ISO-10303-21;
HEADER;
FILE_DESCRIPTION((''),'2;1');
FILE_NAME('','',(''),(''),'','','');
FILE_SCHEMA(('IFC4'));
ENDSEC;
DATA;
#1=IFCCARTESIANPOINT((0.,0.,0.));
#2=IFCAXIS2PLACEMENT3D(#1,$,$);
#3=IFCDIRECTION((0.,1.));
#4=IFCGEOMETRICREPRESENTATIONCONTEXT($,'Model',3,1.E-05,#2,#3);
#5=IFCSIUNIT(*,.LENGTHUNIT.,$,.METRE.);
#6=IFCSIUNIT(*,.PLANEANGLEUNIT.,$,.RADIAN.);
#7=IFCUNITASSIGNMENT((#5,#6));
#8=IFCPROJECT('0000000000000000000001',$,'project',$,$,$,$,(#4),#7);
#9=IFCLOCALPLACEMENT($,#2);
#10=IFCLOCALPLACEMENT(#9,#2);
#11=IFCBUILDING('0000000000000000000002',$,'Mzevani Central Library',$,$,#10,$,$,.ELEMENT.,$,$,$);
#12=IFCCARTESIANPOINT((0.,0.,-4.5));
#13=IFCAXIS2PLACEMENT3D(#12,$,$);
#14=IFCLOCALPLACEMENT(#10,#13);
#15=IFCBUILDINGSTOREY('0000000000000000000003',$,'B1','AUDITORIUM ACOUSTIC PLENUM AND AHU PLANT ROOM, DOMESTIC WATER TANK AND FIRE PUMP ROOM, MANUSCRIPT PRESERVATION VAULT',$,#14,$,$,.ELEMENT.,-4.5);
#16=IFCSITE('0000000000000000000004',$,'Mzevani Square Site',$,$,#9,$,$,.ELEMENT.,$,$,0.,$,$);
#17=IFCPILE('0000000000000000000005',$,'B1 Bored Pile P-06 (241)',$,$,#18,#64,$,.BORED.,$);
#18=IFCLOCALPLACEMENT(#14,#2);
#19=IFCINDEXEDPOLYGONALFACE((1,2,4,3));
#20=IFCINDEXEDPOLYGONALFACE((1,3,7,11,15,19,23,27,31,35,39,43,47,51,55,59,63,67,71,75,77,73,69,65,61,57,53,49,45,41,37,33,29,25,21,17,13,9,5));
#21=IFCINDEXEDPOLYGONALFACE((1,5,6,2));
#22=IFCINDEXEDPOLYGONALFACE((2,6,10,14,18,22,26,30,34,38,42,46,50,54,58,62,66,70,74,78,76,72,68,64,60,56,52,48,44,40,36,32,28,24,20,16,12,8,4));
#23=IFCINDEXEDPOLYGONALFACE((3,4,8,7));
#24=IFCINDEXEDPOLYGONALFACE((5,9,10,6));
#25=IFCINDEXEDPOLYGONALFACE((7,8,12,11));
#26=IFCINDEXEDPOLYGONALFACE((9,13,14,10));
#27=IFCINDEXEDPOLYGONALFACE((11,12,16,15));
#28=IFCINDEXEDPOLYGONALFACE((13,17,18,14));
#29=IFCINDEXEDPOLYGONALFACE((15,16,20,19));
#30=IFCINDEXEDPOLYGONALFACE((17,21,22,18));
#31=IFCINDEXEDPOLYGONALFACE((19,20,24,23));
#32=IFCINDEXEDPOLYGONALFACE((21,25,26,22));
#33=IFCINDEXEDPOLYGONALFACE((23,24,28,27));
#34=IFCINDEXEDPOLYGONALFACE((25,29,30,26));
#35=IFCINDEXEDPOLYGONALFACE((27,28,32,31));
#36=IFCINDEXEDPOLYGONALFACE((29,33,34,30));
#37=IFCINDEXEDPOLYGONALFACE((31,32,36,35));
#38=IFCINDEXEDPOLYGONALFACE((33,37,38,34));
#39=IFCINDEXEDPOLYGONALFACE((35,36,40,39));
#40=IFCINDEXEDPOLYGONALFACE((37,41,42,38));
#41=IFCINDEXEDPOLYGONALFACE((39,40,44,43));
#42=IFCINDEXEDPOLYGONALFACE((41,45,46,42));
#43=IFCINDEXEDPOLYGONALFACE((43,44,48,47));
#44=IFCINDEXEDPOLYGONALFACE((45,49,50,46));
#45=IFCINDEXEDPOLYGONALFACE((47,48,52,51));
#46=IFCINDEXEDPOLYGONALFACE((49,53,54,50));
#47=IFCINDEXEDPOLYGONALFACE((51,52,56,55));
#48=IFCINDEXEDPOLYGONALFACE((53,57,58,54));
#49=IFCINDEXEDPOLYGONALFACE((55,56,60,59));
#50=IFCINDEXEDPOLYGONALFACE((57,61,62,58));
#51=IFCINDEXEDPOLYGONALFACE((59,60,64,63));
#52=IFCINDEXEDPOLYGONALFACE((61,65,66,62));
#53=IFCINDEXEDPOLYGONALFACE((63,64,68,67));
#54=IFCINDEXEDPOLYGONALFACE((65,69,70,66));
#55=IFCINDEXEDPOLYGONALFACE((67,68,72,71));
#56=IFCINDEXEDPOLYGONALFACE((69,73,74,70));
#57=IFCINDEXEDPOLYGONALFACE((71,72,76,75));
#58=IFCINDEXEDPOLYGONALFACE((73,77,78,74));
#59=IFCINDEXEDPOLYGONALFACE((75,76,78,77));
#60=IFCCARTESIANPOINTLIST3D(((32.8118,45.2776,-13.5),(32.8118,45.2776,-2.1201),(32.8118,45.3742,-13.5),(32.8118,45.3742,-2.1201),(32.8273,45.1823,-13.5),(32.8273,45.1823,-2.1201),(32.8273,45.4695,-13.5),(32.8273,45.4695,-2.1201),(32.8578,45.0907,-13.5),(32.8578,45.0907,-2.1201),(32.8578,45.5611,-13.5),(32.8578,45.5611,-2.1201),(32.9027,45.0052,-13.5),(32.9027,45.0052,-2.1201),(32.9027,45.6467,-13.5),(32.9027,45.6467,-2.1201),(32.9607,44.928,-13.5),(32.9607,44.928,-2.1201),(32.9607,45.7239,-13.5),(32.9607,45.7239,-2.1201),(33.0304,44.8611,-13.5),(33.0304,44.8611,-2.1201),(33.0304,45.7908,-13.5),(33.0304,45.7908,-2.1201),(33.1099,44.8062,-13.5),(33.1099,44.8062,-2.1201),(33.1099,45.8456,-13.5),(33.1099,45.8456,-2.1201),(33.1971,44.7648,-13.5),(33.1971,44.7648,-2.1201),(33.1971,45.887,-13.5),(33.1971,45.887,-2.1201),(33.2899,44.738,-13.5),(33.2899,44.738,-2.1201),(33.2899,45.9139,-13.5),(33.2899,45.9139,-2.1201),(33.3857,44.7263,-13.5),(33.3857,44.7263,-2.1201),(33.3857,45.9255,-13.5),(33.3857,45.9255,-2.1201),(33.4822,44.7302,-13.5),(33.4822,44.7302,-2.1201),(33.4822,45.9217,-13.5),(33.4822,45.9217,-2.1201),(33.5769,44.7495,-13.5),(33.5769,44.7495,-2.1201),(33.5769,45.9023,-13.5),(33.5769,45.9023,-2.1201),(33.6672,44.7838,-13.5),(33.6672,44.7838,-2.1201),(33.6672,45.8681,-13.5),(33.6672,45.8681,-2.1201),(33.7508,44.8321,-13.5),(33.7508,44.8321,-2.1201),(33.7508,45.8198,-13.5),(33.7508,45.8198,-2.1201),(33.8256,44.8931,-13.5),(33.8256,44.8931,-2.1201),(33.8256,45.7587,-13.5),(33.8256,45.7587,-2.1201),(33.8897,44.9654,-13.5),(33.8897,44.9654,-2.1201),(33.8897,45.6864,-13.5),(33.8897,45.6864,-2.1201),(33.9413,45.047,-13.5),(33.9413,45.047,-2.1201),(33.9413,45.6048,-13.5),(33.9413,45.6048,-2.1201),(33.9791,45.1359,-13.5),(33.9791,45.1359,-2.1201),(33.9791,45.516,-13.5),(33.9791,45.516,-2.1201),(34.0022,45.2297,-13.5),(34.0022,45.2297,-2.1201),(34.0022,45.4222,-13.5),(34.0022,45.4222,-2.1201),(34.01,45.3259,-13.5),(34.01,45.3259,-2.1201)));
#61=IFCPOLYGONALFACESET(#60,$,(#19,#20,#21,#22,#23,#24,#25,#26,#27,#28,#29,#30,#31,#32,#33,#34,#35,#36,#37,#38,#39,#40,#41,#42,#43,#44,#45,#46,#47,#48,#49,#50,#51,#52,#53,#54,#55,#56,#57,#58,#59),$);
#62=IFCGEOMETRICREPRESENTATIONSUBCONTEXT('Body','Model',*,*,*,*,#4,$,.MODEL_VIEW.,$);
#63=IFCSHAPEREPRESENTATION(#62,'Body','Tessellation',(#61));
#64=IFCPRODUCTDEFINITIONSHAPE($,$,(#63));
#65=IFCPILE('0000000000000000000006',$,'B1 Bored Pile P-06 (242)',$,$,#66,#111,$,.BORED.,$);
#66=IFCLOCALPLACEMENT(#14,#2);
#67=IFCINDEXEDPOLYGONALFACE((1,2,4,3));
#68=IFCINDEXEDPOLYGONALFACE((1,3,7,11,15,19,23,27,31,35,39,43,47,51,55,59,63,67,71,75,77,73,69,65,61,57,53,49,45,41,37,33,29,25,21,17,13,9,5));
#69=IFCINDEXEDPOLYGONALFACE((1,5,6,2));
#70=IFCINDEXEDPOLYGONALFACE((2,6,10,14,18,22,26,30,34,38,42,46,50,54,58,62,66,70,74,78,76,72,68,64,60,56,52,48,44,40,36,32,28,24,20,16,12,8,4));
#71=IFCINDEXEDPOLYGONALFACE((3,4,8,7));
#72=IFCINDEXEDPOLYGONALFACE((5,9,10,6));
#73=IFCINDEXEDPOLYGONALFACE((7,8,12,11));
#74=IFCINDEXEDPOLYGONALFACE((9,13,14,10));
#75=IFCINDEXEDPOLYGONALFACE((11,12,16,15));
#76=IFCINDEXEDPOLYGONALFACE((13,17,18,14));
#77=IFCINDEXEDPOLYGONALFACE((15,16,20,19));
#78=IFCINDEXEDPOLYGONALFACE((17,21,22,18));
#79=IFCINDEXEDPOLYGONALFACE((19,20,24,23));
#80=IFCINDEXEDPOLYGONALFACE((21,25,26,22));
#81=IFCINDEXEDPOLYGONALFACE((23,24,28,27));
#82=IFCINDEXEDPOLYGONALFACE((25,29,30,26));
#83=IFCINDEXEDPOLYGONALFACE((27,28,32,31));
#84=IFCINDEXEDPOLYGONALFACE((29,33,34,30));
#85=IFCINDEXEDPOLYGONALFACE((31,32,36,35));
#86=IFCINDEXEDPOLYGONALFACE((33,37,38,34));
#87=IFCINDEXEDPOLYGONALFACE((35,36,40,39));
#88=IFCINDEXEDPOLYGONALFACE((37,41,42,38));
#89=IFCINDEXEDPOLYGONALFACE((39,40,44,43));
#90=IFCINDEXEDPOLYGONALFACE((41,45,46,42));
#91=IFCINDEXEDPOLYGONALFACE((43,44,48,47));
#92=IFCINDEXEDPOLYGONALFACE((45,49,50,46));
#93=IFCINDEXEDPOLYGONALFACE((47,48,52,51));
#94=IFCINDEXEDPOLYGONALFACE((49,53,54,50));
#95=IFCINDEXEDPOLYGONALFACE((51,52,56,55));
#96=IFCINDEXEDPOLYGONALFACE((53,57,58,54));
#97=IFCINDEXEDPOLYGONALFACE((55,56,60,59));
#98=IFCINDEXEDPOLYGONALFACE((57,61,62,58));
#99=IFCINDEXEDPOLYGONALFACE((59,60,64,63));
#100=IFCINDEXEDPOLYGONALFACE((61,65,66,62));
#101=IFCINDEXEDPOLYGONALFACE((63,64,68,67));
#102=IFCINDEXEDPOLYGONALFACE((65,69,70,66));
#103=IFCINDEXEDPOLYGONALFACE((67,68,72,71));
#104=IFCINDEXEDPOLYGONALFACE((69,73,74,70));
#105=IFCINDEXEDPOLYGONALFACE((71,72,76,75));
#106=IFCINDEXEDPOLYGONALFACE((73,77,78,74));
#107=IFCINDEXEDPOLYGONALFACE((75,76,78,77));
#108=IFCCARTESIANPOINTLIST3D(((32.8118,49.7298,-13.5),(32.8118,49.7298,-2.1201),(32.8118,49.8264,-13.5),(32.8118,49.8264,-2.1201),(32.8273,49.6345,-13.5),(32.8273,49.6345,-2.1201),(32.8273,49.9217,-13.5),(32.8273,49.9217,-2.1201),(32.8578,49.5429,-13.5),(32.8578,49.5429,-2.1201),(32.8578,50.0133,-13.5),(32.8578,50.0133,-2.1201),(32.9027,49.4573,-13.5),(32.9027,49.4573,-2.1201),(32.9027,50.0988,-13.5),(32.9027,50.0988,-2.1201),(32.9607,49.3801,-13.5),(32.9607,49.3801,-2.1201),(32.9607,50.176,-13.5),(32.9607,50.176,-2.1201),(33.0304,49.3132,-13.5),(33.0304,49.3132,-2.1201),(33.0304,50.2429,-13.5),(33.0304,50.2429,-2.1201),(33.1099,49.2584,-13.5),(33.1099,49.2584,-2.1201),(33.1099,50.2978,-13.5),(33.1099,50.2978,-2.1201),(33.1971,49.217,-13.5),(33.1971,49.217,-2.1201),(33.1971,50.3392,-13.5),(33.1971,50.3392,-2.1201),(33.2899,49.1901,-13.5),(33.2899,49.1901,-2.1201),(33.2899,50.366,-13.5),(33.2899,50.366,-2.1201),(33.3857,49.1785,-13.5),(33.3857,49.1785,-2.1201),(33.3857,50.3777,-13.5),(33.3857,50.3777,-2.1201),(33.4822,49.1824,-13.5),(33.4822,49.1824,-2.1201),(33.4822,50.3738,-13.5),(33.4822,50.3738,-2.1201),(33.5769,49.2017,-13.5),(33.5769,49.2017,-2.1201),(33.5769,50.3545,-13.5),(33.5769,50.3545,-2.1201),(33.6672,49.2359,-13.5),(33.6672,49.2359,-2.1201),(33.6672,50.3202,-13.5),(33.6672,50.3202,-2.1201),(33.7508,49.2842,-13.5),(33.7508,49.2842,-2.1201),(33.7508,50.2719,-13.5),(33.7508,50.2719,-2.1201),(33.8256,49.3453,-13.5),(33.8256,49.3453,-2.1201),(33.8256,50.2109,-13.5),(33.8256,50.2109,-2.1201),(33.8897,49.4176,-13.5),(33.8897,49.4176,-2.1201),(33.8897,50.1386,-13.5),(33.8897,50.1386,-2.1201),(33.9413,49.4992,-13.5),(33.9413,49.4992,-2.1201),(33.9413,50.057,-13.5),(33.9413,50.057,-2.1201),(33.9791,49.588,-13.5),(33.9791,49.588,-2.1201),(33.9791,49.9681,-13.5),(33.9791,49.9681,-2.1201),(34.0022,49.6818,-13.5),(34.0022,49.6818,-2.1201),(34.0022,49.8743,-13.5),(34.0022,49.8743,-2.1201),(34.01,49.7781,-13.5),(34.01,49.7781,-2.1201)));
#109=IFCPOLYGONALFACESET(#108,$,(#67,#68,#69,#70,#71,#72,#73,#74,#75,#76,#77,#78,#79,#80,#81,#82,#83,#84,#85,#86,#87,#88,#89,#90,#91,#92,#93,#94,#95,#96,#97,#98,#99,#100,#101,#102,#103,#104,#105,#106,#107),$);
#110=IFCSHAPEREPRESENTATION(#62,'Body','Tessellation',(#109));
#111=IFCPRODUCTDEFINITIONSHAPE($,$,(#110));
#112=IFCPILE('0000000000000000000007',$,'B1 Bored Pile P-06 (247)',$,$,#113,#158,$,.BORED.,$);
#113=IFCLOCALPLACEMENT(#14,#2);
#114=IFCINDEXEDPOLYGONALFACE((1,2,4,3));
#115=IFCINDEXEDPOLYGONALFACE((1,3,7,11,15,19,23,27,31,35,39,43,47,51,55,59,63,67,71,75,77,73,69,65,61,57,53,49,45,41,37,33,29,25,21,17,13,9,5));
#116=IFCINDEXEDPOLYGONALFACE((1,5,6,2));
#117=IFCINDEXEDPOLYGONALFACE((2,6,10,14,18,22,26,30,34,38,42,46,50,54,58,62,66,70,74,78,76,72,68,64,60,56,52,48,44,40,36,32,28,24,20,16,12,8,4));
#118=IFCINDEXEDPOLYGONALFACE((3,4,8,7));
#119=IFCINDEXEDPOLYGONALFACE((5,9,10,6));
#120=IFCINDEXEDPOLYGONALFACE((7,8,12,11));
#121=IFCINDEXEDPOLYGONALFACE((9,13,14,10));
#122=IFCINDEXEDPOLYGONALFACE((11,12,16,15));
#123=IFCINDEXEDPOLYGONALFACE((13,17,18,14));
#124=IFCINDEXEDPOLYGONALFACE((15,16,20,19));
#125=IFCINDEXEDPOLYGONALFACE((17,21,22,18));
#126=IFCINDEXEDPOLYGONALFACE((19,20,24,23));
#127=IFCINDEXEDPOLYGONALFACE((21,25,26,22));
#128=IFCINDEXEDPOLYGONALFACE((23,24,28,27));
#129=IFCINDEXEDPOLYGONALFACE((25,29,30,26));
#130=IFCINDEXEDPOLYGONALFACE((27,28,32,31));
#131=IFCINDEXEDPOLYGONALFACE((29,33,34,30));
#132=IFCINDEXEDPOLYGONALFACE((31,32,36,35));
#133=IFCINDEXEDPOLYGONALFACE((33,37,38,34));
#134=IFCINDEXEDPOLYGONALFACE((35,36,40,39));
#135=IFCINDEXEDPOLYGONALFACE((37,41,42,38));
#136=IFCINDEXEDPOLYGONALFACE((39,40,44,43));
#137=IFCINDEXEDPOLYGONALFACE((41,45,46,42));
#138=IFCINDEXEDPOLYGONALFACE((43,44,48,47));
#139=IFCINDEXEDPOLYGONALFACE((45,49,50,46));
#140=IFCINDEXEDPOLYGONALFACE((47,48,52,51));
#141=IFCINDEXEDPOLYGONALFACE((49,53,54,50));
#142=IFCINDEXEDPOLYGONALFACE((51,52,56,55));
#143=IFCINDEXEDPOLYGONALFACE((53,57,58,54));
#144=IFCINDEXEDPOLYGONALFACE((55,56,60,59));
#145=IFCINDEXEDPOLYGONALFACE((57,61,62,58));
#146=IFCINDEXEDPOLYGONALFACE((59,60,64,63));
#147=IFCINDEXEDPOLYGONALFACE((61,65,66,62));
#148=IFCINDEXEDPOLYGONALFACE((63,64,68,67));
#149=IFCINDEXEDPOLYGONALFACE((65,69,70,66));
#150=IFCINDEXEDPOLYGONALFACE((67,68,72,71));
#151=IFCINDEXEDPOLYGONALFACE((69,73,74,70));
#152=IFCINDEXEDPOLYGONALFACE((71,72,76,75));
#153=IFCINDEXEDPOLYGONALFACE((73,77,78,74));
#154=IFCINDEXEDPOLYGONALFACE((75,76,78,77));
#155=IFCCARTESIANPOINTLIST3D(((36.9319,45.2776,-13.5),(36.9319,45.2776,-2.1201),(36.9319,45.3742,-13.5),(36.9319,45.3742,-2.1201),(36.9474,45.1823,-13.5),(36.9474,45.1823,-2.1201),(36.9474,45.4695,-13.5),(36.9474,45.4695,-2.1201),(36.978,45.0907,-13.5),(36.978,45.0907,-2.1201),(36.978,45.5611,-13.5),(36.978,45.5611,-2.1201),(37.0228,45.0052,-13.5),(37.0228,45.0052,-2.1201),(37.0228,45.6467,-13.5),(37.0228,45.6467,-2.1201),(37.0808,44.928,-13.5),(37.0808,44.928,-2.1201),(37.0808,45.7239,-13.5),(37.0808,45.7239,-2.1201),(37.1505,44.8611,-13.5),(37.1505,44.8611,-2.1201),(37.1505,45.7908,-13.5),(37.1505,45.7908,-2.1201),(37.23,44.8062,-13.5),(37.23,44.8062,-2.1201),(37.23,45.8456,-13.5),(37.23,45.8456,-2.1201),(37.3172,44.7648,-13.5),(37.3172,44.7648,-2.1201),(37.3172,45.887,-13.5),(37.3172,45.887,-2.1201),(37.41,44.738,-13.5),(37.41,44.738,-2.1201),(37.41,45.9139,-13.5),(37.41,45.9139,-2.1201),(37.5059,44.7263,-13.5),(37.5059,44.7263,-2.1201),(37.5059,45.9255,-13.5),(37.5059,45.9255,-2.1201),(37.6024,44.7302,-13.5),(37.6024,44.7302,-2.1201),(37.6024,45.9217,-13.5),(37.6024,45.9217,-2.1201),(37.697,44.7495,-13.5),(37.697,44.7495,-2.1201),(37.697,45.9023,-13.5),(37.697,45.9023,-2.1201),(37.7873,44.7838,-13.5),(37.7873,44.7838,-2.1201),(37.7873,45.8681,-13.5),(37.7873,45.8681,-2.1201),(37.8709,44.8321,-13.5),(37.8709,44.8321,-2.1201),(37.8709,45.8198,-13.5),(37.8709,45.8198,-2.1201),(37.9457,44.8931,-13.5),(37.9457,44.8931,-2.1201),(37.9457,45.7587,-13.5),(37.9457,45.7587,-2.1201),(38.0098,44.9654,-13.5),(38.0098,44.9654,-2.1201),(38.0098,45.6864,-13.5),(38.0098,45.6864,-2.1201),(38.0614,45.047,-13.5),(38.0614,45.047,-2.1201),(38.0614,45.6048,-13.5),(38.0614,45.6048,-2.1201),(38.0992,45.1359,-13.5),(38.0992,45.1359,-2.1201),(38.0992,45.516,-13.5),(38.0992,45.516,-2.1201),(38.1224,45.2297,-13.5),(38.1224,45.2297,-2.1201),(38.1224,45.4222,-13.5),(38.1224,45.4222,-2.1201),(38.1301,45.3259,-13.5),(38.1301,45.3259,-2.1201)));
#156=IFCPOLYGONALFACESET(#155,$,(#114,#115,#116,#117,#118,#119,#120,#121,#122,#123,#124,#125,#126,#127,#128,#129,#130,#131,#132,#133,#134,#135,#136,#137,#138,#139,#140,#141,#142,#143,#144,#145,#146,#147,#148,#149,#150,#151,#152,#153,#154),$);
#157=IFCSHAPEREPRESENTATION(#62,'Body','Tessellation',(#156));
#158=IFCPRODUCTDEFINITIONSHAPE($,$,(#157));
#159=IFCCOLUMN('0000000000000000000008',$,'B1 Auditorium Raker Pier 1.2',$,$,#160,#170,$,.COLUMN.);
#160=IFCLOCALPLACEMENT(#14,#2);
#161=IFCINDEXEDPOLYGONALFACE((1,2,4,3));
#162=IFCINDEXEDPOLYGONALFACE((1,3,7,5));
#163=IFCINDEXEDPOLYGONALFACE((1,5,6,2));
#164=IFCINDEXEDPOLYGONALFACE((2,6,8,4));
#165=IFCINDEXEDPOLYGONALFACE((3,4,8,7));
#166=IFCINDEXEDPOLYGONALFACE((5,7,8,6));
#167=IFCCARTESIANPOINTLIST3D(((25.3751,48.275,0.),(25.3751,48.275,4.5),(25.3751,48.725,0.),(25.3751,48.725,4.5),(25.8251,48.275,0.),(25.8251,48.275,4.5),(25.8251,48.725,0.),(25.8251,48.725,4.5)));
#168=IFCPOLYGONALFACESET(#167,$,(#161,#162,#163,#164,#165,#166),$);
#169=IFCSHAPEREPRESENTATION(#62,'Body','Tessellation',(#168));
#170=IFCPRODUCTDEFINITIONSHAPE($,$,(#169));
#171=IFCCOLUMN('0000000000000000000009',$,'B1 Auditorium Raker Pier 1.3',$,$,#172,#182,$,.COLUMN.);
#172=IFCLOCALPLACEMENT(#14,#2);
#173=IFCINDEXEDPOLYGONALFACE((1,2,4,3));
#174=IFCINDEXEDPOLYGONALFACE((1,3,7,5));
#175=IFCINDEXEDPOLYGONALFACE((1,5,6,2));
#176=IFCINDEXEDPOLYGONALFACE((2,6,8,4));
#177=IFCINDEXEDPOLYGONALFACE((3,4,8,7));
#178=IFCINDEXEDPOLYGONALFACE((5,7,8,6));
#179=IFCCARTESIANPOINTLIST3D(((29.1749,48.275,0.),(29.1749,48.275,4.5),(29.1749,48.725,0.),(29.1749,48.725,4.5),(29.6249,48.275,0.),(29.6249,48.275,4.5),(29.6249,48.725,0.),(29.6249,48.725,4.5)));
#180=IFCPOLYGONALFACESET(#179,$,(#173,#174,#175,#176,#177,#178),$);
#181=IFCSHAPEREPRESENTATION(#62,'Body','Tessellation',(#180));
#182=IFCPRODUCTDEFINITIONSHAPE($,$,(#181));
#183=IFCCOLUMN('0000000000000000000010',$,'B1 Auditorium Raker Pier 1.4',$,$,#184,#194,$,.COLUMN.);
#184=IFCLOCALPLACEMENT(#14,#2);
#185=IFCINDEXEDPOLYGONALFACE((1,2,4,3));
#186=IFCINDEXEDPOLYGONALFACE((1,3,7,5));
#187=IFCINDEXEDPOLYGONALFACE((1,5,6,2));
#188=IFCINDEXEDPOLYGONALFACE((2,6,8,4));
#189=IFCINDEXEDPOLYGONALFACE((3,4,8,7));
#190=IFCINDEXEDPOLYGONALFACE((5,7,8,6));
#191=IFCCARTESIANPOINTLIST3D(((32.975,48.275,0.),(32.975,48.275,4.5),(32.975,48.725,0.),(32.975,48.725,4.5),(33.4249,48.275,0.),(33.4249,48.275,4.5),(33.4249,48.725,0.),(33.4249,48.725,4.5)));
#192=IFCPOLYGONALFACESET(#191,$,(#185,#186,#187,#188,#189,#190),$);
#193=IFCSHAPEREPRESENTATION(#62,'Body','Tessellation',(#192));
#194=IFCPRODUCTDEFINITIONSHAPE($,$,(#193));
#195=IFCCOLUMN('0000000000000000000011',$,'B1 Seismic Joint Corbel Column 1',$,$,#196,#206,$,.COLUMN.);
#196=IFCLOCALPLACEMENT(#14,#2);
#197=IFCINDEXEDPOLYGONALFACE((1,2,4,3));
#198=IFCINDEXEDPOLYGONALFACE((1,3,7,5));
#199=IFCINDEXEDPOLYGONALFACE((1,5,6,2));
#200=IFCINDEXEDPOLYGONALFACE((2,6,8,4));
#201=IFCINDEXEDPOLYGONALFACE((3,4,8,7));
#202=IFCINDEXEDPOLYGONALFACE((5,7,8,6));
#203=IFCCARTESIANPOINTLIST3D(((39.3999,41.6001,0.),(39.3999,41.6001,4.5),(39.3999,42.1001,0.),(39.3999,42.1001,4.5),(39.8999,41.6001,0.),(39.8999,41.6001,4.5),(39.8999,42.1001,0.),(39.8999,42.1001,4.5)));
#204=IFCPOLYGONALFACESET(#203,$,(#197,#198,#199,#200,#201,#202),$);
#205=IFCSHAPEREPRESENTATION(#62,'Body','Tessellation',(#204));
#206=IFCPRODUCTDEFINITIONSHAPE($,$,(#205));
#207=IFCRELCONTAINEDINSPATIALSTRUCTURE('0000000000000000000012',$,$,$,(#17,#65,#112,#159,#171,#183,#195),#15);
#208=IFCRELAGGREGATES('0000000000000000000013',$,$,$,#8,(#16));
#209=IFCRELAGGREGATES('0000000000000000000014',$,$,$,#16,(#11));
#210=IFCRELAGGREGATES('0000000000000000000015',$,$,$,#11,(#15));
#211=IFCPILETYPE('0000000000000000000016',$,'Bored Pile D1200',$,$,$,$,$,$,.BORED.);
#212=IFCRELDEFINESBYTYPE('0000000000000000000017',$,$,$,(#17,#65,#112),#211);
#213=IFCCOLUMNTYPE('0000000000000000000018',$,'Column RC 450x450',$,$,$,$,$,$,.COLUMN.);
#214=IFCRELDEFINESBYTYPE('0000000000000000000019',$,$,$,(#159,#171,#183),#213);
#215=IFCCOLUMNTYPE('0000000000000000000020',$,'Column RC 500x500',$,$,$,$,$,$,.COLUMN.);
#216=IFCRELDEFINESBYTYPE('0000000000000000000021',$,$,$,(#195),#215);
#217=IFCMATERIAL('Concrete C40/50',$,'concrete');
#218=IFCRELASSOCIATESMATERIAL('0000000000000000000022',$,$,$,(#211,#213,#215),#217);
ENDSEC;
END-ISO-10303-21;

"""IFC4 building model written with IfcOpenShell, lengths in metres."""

from ifc_helpers import new_model, si_unit, direction, frame, origin, origin_2d, place, context, subcontext, project, spatial, rectangle, circle, extrude, material, material_profile, profile_set, type_object, element, save


model = new_model("IFC4")

# Units and contexts
model_context = context("Model", 3, precision=1e-05, world=origin(), true_north=direction((0.0, 1.0)))
body_context = subcontext(model_context, "Body", "Model", "MODEL_VIEW")
ifc_project = project(units=[si_unit("LENGTHUNIT", "METRE"), si_unit("PLANEANGLEUNIT", "RADIAN")], contexts=[model_context])

# Site, building, storey
site_placement = place(None, origin())
site = spatial("IfcSite", under=ifc_project, at=site_placement, Name="Mzevani Square Site", CompositionType="ELEMENT", RefElevation=0.0)
building_placement = place(site_placement, origin())
building = spatial("IfcBuilding", under=site, at=building_placement, Name="Mzevani Central Library", CompositionType="ELEMENT")
storey_placement = place(building_placement, frame((0.0, 0.0, -4.5)))
storey = spatial("IfcBuildingStorey", under=building, at=storey_placement, Name="B1", Description="AUDITORIUM ACOUSTIC PLENUM AND AHU PLANT ROOM, DOMESTIC WATER TANK AND FIRE PUMP ROOM, MANUSCRIPT PRESERVATION VAULT", CompositionType="ELEMENT", Elevation=-4.5)

# Piles
ifc_material_1 = material(Name="Concrete C40/50", Category="concrete")
ifc_material_profile_1 = material_profile(ifc_material_1, circle(Radius=0.6001, at=origin_2d()), Name="PILE D1200")
ifc_profile_set_1 = profile_set([ifc_material_profile_1], Name="Concrete C40/50")
pile_type = type_object("IfcPileType", Name="Bored Pile D1200", PredefinedType="BORED", material=ifc_profile_set_1)
for number, where, z_axis, x_axis, name in (
    (1, (33.4099, 45.3259, -2.1201), (0.0, 0.0, -1.0), (1.0, 0.0, 0.0), "B1 Bored Pile P-06 (241)"),
    (2, (33.4099, 49.7781, -2.1201), (0.0, 0.0, -1.0), (1.0, 0.0, 0.0), "B1 Bored Pile P-06 (242)"),
    (3, (37.53, 45.3259, -2.1201), (0.0, 0.0, -1.0), (1.0, 0.0, 0.0), "B1 Bored Pile P-06 (247)"),
):
    element("IfcPile", number, at=place(storey_placement, frame(where, z_axis=z_axis, x_axis=x_axis)), inside=storey, type_object=pile_type, Name=name, PredefinedType="BORED", context=body_context, shape_type="SweptSolid", body=[
        extrude(circle(Radius=0.6001, at=origin_2d()), origin(), (0.0, 0.0, 1.0), 11.3799),
    ])

# Columns
ifc_material_profile_2 = material_profile(ifc_material_1, rectangle(XDim=0.45, YDim=0.45, at=origin_2d()), Name="RC 450x450")
ifc_profile_set_2 = profile_set([ifc_material_profile_2], Name="Concrete C40/50")
column_type_1 = type_object("IfcColumnType", Name="Column RC 450x450", PredefinedType="COLUMN", material=ifc_profile_set_2)
for number, where, z_axis, x_axis, name in (
    (4, (25.6001, 48.5, 0.0), (0.0, 0.0, 1.0), (1.0, 0.0, 0.0), "B1 Auditorium Raker Pier 1.2"),
    (5, (29.3999, 48.5, 0.0), (0.0, 0.0, 1.0), (1.0, 0.0, 0.0), "B1 Auditorium Raker Pier 1.3"),
    (6, (33.2, 48.5, 0.0), (0.0, 0.0, 1.0), (1.0, 0.0, 0.0), "B1 Auditorium Raker Pier 1.4"),
):
    element("IfcColumn", number, at=place(storey_placement, frame(where, z_axis=z_axis, x_axis=x_axis)), inside=storey, type_object=column_type_1, Name=name, PredefinedType="COLUMN", context=body_context, shape_type="SweptSolid", body=[
        extrude(rectangle(XDim=0.45, YDim=0.45, at=origin_2d()), origin(), (0.0, 0.0, 1.0), 4.5),
    ])
ifc_material_profile_3 = material_profile(ifc_material_1, rectangle(XDim=0.5, YDim=0.5, at=origin_2d()), Name="RC 500x500")
ifc_profile_set_3 = profile_set([ifc_material_profile_3], Name="Concrete C40/50")
column_type_2 = type_object("IfcColumnType", Name="Column RC 500x500", PredefinedType="COLUMN", material=ifc_profile_set_3)
column_placement = place(storey_placement, frame((39.6499, 41.8501, 0.0), z_axis=(0.0, 0.0, 1.0), x_axis=(1.0, 0.0, 0.0)))
element("IfcColumn", 7, at=column_placement, inside=storey, type_object=column_type_2, Name="B1 Seismic Joint Corbel Column 1", PredefinedType="COLUMN", context=body_context, shape_type="SweptSolid", body=[
    extrude(rectangle(XDim=0.5, YDim=0.5, at=origin_2d()), origin(), (0.0, 0.0, 1.0), 4.5),
])

save(model, "model.ifc")
